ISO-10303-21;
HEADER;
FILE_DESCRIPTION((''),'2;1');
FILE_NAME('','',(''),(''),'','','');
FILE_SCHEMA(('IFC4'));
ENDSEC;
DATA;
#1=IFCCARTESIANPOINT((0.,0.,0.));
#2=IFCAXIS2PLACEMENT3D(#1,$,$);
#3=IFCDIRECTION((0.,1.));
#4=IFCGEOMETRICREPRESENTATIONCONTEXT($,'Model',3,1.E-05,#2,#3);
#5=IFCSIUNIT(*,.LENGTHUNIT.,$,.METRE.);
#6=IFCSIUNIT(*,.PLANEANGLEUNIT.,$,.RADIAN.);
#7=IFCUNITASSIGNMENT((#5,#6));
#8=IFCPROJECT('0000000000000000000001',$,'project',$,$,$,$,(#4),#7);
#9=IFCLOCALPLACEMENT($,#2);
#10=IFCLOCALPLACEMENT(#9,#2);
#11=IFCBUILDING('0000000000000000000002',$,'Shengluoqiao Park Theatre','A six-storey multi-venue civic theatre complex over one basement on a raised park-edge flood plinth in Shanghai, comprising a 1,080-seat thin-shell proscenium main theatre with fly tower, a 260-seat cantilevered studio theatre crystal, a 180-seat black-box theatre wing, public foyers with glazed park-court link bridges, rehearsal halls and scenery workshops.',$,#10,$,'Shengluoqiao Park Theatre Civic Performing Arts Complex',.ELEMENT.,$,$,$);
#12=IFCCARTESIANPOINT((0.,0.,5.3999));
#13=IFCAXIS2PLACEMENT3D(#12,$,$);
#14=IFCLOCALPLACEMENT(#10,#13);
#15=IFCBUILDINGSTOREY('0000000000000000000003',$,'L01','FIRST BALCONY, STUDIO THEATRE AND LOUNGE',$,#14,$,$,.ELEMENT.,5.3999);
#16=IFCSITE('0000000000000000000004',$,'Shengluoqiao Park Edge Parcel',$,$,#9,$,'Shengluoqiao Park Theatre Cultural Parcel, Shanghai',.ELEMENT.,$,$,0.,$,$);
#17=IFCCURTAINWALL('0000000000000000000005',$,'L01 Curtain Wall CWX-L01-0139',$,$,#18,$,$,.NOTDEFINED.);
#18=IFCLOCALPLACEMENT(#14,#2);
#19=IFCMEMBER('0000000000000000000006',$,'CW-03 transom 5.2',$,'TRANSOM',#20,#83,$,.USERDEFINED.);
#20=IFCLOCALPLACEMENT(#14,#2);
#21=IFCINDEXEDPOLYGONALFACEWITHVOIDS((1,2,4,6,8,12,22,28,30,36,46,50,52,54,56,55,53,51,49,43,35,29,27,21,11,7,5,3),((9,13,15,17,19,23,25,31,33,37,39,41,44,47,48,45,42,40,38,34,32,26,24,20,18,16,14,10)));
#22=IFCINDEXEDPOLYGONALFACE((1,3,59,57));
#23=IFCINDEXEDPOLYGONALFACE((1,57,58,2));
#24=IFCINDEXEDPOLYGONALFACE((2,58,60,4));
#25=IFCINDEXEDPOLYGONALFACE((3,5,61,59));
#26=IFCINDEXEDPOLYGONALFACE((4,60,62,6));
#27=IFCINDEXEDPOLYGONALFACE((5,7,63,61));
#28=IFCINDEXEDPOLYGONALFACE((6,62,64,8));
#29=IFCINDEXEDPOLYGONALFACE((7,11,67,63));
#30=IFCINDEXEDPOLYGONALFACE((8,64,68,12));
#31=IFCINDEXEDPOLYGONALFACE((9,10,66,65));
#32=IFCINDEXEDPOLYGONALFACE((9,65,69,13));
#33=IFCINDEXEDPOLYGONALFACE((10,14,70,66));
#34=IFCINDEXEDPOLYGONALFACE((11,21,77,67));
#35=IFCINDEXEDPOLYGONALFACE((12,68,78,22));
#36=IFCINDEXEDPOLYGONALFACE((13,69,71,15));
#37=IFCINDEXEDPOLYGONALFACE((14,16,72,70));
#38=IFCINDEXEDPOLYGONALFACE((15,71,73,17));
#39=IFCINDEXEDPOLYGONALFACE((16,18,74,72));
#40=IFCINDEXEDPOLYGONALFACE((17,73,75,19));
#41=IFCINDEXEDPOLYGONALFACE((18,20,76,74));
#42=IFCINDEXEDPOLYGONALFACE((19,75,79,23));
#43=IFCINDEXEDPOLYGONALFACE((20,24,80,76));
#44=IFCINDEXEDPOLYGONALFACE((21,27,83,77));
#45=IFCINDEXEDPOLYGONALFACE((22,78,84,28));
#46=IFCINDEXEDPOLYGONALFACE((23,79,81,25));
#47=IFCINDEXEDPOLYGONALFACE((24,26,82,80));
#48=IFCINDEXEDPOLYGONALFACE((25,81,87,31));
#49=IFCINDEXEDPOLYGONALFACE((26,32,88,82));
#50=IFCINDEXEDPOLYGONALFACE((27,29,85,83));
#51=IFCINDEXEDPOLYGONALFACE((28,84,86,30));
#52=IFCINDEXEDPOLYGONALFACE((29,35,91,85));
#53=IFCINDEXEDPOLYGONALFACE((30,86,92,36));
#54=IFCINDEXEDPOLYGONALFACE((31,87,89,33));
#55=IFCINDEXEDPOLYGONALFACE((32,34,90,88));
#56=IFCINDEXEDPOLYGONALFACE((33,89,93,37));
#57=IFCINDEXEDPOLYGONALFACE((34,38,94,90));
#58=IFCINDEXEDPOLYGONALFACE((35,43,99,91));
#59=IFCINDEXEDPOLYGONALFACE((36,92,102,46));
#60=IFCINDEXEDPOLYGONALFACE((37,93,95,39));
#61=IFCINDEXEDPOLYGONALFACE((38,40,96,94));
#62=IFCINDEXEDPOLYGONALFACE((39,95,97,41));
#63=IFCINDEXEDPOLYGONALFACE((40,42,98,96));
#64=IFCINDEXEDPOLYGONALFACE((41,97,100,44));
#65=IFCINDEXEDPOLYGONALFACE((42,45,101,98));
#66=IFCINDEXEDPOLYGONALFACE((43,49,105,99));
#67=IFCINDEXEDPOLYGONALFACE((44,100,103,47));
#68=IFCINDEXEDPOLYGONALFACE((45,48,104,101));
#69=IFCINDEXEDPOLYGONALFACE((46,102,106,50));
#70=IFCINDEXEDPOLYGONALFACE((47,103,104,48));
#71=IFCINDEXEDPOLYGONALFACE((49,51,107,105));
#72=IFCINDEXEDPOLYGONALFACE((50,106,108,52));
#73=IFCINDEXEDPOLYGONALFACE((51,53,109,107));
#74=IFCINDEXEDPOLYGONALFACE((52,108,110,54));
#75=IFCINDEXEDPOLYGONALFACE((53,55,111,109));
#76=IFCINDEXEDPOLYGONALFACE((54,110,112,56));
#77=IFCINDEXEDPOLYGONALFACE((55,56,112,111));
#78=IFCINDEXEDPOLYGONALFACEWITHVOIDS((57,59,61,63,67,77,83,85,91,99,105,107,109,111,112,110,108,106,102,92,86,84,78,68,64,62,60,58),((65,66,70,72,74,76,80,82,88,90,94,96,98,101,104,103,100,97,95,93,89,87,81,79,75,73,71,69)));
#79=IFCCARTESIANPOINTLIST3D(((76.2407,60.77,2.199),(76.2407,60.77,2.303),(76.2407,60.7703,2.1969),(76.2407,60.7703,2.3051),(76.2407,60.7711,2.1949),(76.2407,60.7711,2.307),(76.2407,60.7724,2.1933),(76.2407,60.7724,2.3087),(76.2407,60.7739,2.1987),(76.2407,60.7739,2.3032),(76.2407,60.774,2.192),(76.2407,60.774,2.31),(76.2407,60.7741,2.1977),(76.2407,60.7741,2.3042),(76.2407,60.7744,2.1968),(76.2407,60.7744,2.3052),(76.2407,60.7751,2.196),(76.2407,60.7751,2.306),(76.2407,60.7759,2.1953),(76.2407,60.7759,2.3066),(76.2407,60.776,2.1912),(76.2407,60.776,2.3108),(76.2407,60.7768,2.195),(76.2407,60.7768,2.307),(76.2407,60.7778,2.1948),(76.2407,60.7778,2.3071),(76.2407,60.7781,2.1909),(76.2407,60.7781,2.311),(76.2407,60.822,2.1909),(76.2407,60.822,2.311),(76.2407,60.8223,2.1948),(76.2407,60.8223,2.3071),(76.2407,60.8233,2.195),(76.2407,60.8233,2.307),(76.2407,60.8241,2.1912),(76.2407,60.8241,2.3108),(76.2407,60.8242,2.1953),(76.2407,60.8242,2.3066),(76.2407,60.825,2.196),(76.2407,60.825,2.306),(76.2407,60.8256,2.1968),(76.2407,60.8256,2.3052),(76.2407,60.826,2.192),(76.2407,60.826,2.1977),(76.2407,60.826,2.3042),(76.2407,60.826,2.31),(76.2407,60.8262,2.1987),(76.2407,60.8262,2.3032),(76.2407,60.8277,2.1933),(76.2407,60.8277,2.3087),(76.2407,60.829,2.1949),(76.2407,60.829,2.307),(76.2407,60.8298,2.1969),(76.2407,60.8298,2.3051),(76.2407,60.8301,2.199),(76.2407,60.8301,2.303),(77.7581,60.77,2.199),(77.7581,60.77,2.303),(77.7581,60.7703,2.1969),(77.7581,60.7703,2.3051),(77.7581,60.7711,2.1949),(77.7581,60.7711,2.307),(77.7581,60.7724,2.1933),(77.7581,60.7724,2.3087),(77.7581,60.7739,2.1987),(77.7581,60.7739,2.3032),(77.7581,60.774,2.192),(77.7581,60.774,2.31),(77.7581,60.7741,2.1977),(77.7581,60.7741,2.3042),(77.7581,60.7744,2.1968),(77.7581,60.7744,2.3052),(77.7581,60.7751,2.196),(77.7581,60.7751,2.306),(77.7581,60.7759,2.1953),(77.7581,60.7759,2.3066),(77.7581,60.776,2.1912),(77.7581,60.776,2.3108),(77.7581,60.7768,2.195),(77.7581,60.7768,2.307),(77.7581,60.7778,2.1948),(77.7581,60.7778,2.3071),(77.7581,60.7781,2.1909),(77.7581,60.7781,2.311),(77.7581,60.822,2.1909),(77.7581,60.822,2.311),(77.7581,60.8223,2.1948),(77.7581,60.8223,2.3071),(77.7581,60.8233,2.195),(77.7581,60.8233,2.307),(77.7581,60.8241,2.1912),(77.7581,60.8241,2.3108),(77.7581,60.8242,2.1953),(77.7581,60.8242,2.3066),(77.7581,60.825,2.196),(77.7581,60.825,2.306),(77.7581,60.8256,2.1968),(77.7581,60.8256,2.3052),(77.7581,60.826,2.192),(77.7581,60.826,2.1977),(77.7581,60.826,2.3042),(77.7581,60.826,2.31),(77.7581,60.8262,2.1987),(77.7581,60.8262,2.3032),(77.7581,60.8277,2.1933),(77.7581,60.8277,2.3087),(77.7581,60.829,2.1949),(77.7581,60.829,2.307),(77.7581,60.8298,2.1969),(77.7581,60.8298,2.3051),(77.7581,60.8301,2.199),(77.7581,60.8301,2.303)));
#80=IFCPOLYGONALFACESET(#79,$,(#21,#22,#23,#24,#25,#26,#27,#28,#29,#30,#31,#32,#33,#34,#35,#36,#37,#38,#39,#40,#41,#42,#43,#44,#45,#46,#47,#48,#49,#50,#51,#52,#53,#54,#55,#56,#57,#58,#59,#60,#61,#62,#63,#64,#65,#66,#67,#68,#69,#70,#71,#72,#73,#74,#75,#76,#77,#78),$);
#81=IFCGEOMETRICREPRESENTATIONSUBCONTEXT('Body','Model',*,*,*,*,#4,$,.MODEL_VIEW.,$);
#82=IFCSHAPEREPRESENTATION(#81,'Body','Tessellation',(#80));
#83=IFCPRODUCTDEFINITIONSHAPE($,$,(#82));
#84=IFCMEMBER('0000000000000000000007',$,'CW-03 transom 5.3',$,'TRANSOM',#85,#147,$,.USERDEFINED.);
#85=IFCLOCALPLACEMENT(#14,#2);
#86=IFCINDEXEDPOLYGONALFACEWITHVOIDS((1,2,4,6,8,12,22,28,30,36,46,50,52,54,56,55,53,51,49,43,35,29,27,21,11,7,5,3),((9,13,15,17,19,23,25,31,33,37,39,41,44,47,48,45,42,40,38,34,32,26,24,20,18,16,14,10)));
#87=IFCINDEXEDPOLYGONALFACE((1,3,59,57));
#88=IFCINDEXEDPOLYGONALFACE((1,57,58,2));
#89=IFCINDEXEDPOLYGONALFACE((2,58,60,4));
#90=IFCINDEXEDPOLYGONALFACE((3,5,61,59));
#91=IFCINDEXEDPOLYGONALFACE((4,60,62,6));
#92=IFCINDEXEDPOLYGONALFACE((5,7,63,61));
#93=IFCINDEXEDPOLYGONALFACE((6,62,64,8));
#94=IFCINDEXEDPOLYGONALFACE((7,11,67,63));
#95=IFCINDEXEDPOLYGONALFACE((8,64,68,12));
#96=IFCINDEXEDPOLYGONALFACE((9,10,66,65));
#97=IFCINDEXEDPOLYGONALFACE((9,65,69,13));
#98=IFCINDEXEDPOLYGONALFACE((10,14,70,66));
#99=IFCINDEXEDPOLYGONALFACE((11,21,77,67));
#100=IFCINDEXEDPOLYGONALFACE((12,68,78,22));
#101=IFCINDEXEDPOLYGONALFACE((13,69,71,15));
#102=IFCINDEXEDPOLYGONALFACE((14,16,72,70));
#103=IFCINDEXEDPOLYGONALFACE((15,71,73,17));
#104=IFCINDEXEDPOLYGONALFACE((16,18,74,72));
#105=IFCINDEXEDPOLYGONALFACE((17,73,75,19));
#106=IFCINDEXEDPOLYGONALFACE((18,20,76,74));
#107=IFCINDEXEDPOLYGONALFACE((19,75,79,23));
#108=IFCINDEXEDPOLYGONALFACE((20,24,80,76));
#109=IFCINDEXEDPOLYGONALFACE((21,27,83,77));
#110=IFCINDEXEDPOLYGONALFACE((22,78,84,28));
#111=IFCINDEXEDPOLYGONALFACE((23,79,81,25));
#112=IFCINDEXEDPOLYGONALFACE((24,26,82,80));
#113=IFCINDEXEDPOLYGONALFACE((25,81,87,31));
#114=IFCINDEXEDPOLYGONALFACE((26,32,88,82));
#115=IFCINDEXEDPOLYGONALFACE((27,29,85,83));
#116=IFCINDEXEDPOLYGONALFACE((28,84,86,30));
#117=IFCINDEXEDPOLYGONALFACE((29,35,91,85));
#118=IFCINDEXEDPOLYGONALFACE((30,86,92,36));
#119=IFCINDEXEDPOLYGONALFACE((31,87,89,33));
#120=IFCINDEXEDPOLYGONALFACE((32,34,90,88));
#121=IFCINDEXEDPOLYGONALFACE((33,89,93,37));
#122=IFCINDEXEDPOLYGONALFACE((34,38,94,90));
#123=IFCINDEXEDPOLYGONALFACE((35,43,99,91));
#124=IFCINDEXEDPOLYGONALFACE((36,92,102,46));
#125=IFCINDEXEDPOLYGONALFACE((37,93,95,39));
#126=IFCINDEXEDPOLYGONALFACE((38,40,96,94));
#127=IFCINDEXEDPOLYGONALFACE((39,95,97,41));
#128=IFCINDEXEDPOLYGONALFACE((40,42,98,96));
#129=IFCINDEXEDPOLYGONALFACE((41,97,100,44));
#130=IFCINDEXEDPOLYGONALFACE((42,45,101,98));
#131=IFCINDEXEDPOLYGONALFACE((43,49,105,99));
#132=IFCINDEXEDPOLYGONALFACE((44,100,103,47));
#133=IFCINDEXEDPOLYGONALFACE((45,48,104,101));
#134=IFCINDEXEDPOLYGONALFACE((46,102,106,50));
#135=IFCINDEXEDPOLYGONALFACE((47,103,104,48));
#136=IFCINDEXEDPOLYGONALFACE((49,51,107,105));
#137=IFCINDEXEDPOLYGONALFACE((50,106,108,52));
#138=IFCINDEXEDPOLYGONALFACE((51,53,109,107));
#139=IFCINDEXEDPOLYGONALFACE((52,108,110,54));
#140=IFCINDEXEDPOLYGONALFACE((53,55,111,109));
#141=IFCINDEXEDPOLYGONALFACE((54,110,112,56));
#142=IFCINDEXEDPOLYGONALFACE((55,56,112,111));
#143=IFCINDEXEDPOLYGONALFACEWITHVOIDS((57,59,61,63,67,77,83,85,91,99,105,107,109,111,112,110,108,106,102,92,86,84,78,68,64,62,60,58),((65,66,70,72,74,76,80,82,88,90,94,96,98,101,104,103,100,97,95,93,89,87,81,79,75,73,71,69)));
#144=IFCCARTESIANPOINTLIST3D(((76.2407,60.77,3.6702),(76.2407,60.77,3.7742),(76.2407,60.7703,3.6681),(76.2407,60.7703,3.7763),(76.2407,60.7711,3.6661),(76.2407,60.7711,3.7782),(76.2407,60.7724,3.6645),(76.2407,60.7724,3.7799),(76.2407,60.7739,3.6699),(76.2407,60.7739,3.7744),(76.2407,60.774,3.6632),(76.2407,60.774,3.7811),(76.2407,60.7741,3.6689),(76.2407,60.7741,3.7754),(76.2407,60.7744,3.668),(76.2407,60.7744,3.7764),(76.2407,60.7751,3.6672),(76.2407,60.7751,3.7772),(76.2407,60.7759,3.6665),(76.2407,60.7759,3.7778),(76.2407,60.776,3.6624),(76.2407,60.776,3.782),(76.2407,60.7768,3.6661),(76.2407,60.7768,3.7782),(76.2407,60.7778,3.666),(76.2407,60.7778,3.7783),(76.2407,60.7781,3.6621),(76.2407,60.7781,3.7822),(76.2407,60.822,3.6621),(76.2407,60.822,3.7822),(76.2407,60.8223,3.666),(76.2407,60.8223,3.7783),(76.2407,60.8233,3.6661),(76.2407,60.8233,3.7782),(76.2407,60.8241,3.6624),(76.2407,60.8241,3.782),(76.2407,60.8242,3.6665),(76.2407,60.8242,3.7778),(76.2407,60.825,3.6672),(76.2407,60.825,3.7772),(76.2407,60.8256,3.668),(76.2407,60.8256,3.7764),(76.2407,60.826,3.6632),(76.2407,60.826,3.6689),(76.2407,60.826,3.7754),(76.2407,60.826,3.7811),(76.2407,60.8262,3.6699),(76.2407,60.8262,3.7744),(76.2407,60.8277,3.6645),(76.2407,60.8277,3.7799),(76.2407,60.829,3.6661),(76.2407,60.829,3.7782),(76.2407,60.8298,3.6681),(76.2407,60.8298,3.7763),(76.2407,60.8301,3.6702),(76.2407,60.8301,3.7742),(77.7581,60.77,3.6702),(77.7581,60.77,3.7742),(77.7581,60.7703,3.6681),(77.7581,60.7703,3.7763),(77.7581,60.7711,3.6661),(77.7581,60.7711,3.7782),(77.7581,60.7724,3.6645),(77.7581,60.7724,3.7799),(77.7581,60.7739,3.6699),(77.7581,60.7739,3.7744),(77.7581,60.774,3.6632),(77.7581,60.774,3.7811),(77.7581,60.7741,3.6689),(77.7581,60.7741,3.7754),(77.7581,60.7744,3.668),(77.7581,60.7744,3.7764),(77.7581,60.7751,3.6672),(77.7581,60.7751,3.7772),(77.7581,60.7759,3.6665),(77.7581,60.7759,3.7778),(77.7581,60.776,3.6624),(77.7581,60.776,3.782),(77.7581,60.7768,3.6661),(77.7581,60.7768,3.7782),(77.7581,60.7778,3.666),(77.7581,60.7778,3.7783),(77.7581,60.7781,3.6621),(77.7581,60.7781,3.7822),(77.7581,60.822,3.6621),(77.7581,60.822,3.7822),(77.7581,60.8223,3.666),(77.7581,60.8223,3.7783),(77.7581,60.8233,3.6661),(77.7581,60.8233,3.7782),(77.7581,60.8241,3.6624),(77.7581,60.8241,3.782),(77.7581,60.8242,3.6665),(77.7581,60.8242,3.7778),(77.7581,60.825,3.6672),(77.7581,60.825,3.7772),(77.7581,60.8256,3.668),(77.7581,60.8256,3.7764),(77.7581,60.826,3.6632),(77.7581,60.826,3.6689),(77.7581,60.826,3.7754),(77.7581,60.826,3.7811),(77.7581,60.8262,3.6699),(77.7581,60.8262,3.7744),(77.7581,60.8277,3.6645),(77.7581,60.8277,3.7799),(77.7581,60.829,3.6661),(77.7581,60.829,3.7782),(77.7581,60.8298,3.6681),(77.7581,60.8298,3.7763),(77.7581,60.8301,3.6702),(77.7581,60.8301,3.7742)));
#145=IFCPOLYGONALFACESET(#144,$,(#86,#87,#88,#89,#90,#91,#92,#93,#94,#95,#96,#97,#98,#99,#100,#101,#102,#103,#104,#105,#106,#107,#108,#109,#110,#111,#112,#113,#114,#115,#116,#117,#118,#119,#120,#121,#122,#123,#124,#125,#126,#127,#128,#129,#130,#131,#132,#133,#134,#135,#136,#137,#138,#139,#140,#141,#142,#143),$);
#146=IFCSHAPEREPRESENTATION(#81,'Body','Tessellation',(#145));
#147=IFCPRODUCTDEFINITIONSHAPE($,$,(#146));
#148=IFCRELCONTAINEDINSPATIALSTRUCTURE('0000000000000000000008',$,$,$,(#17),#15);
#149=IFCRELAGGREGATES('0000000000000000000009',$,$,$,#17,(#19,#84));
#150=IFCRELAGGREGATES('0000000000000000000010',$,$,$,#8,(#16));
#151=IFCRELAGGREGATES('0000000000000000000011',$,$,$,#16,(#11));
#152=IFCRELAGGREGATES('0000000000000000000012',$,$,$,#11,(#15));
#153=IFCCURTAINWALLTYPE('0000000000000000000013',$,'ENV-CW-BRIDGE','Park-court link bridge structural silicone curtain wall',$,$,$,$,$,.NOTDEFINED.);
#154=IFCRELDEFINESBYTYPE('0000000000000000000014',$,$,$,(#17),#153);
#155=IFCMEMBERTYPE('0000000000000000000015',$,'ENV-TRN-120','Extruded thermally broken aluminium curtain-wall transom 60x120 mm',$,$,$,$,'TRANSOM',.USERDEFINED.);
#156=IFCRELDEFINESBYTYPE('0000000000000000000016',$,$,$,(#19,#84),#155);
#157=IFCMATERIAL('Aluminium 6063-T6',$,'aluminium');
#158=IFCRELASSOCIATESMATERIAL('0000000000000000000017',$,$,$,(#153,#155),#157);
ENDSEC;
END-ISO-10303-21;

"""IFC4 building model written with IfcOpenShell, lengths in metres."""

from ifc_helpers import new_model, si_unit, direction, frame, origin, origin_2d, place, context, subcontext, project, spatial, hollow_rectangle, extrude, material, material_profile, profile_set, type_object, element, aggregate, save


model = new_model("IFC4")

# Units and contexts
model_context = context("Model", 3, precision=1e-05, world=origin(), true_north=direction((0.0, 1.0)))
body_context = subcontext(model_context, "Body", "Model", "MODEL_VIEW")
ifc_project = project(units=[si_unit("LENGTHUNIT", "METRE"), si_unit("PLANEANGLEUNIT", "RADIAN")], contexts=[model_context])

# Site, building, storey
site_placement = place(None, origin())
site = spatial("IfcSite", under=ifc_project, at=site_placement, Name="Shengluoqiao Park Edge Parcel", LongName="Shengluoqiao Park Theatre Cultural Parcel, Shanghai", CompositionType="ELEMENT", RefElevation=0.0)
building_placement = place(site_placement, origin())
building = spatial("IfcBuilding", under=site, at=building_placement, Name="Shengluoqiao Park Theatre", Description="A six-storey multi-venue civic theatre complex over one basement on a raised park-edge flood plinth in Shanghai, comprising a 1,080-seat thin-shell proscenium main theatre with fly tower, a 260-seat cantilevered studio theatre crystal, a 180-seat black-box theatre wing, public foyers with glazed park-court link bridges, rehearsal halls and scenery workshops.", LongName="Shengluoqiao Park Theatre Civic Performing Arts Complex", CompositionType="ELEMENT")
storey_placement = place(building_placement, frame((0.0, 0.0, 5.3999)))
storey = spatial("IfcBuildingStorey", under=building, at=storey_placement, Name="L01", Description="FIRST BALCONY, STUDIO THEATRE AND LOUNGE", CompositionType="ELEMENT", Elevation=5.3999)

# Curtain wall
ifc_material_1 = material(Name="Aluminium 6063-T6", Category="aluminium")
curtain_wall_type_1 = type_object("IfcCurtainWallType", Name="ENV-CW-BRIDGE", Description="Park-court link bridge structural silicone curtain wall", PredefinedType="NOTDEFINED", material=ifc_material_1)
curtain_wall_1_placement = place(storey_placement, origin())
curtain_wall_1 = element("IfcCurtainWall", 1, at=curtain_wall_1_placement, inside=storey, type_object=curtain_wall_type_1, Name="L01 Curtain Wall CWX-L01-0139", PredefinedType="NOTDEFINED")

# Members
ifc_material_profile_1 = material_profile(ifc_material_1, hollow_rectangle(XDim=0.0601, YDim=0.1201, WallThickness=0.0039, InnerFilletRadius=0.0039, OuterFilletRadius=0.0081, at=origin_2d()), Name="ALU TRANSOM 120x60x4")
ifc_profile_set_1 = profile_set([ifc_material_profile_1], Name="Aluminium 6063-T6")
member_type_1 = type_object("IfcMemberType", Name="ENV-TRN-120", Description="Extruded thermally broken aluminium curtain-wall transom 60x120 mm", ElementType="TRANSOM", PredefinedType="USERDEFINED", material=ifc_profile_set_1)
member_1_placement = place(storey_placement, frame((76.2407, 60.8, 2.251), z_axis=(1.0, 0.0, 0.0), x_axis=(0.0, 1.0, 0.0)))
member_1 = element("IfcMember", 2, at=member_1_placement, type_object=member_type_1, Name="CW-03 transom 5.2", ObjectType="TRANSOM", PredefinedType="USERDEFINED", context=body_context, shape_type="SweptSolid", body=[
    extrude(hollow_rectangle(XDim=0.0601, YDim=0.1201, WallThickness=0.0039, InnerFilletRadius=0.0039, OuterFilletRadius=0.0081, at=origin_2d()), origin(), (0.0, 0.0, 1.0), 1.5173),
])
member_2_placement = place(storey_placement, frame((76.2407, 60.8, 3.7222), z_axis=(1.0, 0.0, 0.0), x_axis=(0.0, 1.0, 0.0)))
member_2 = element("IfcMember", 3, at=member_2_placement, type_object=member_type_1, Name="CW-03 transom 5.3", ObjectType="TRANSOM", PredefinedType="USERDEFINED", context=body_context, shape_type="SweptSolid", body=[
    extrude(hollow_rectangle(XDim=0.0601, YDim=0.1201, WallThickness=0.0039, InnerFilletRadius=0.0039, OuterFilletRadius=0.0081, at=origin_2d()), origin(), (0.0, 0.0, 1.0), 1.5173),
])

aggregate(curtain_wall_1, [member_1, member_2])

save(model, "model.ifc")
